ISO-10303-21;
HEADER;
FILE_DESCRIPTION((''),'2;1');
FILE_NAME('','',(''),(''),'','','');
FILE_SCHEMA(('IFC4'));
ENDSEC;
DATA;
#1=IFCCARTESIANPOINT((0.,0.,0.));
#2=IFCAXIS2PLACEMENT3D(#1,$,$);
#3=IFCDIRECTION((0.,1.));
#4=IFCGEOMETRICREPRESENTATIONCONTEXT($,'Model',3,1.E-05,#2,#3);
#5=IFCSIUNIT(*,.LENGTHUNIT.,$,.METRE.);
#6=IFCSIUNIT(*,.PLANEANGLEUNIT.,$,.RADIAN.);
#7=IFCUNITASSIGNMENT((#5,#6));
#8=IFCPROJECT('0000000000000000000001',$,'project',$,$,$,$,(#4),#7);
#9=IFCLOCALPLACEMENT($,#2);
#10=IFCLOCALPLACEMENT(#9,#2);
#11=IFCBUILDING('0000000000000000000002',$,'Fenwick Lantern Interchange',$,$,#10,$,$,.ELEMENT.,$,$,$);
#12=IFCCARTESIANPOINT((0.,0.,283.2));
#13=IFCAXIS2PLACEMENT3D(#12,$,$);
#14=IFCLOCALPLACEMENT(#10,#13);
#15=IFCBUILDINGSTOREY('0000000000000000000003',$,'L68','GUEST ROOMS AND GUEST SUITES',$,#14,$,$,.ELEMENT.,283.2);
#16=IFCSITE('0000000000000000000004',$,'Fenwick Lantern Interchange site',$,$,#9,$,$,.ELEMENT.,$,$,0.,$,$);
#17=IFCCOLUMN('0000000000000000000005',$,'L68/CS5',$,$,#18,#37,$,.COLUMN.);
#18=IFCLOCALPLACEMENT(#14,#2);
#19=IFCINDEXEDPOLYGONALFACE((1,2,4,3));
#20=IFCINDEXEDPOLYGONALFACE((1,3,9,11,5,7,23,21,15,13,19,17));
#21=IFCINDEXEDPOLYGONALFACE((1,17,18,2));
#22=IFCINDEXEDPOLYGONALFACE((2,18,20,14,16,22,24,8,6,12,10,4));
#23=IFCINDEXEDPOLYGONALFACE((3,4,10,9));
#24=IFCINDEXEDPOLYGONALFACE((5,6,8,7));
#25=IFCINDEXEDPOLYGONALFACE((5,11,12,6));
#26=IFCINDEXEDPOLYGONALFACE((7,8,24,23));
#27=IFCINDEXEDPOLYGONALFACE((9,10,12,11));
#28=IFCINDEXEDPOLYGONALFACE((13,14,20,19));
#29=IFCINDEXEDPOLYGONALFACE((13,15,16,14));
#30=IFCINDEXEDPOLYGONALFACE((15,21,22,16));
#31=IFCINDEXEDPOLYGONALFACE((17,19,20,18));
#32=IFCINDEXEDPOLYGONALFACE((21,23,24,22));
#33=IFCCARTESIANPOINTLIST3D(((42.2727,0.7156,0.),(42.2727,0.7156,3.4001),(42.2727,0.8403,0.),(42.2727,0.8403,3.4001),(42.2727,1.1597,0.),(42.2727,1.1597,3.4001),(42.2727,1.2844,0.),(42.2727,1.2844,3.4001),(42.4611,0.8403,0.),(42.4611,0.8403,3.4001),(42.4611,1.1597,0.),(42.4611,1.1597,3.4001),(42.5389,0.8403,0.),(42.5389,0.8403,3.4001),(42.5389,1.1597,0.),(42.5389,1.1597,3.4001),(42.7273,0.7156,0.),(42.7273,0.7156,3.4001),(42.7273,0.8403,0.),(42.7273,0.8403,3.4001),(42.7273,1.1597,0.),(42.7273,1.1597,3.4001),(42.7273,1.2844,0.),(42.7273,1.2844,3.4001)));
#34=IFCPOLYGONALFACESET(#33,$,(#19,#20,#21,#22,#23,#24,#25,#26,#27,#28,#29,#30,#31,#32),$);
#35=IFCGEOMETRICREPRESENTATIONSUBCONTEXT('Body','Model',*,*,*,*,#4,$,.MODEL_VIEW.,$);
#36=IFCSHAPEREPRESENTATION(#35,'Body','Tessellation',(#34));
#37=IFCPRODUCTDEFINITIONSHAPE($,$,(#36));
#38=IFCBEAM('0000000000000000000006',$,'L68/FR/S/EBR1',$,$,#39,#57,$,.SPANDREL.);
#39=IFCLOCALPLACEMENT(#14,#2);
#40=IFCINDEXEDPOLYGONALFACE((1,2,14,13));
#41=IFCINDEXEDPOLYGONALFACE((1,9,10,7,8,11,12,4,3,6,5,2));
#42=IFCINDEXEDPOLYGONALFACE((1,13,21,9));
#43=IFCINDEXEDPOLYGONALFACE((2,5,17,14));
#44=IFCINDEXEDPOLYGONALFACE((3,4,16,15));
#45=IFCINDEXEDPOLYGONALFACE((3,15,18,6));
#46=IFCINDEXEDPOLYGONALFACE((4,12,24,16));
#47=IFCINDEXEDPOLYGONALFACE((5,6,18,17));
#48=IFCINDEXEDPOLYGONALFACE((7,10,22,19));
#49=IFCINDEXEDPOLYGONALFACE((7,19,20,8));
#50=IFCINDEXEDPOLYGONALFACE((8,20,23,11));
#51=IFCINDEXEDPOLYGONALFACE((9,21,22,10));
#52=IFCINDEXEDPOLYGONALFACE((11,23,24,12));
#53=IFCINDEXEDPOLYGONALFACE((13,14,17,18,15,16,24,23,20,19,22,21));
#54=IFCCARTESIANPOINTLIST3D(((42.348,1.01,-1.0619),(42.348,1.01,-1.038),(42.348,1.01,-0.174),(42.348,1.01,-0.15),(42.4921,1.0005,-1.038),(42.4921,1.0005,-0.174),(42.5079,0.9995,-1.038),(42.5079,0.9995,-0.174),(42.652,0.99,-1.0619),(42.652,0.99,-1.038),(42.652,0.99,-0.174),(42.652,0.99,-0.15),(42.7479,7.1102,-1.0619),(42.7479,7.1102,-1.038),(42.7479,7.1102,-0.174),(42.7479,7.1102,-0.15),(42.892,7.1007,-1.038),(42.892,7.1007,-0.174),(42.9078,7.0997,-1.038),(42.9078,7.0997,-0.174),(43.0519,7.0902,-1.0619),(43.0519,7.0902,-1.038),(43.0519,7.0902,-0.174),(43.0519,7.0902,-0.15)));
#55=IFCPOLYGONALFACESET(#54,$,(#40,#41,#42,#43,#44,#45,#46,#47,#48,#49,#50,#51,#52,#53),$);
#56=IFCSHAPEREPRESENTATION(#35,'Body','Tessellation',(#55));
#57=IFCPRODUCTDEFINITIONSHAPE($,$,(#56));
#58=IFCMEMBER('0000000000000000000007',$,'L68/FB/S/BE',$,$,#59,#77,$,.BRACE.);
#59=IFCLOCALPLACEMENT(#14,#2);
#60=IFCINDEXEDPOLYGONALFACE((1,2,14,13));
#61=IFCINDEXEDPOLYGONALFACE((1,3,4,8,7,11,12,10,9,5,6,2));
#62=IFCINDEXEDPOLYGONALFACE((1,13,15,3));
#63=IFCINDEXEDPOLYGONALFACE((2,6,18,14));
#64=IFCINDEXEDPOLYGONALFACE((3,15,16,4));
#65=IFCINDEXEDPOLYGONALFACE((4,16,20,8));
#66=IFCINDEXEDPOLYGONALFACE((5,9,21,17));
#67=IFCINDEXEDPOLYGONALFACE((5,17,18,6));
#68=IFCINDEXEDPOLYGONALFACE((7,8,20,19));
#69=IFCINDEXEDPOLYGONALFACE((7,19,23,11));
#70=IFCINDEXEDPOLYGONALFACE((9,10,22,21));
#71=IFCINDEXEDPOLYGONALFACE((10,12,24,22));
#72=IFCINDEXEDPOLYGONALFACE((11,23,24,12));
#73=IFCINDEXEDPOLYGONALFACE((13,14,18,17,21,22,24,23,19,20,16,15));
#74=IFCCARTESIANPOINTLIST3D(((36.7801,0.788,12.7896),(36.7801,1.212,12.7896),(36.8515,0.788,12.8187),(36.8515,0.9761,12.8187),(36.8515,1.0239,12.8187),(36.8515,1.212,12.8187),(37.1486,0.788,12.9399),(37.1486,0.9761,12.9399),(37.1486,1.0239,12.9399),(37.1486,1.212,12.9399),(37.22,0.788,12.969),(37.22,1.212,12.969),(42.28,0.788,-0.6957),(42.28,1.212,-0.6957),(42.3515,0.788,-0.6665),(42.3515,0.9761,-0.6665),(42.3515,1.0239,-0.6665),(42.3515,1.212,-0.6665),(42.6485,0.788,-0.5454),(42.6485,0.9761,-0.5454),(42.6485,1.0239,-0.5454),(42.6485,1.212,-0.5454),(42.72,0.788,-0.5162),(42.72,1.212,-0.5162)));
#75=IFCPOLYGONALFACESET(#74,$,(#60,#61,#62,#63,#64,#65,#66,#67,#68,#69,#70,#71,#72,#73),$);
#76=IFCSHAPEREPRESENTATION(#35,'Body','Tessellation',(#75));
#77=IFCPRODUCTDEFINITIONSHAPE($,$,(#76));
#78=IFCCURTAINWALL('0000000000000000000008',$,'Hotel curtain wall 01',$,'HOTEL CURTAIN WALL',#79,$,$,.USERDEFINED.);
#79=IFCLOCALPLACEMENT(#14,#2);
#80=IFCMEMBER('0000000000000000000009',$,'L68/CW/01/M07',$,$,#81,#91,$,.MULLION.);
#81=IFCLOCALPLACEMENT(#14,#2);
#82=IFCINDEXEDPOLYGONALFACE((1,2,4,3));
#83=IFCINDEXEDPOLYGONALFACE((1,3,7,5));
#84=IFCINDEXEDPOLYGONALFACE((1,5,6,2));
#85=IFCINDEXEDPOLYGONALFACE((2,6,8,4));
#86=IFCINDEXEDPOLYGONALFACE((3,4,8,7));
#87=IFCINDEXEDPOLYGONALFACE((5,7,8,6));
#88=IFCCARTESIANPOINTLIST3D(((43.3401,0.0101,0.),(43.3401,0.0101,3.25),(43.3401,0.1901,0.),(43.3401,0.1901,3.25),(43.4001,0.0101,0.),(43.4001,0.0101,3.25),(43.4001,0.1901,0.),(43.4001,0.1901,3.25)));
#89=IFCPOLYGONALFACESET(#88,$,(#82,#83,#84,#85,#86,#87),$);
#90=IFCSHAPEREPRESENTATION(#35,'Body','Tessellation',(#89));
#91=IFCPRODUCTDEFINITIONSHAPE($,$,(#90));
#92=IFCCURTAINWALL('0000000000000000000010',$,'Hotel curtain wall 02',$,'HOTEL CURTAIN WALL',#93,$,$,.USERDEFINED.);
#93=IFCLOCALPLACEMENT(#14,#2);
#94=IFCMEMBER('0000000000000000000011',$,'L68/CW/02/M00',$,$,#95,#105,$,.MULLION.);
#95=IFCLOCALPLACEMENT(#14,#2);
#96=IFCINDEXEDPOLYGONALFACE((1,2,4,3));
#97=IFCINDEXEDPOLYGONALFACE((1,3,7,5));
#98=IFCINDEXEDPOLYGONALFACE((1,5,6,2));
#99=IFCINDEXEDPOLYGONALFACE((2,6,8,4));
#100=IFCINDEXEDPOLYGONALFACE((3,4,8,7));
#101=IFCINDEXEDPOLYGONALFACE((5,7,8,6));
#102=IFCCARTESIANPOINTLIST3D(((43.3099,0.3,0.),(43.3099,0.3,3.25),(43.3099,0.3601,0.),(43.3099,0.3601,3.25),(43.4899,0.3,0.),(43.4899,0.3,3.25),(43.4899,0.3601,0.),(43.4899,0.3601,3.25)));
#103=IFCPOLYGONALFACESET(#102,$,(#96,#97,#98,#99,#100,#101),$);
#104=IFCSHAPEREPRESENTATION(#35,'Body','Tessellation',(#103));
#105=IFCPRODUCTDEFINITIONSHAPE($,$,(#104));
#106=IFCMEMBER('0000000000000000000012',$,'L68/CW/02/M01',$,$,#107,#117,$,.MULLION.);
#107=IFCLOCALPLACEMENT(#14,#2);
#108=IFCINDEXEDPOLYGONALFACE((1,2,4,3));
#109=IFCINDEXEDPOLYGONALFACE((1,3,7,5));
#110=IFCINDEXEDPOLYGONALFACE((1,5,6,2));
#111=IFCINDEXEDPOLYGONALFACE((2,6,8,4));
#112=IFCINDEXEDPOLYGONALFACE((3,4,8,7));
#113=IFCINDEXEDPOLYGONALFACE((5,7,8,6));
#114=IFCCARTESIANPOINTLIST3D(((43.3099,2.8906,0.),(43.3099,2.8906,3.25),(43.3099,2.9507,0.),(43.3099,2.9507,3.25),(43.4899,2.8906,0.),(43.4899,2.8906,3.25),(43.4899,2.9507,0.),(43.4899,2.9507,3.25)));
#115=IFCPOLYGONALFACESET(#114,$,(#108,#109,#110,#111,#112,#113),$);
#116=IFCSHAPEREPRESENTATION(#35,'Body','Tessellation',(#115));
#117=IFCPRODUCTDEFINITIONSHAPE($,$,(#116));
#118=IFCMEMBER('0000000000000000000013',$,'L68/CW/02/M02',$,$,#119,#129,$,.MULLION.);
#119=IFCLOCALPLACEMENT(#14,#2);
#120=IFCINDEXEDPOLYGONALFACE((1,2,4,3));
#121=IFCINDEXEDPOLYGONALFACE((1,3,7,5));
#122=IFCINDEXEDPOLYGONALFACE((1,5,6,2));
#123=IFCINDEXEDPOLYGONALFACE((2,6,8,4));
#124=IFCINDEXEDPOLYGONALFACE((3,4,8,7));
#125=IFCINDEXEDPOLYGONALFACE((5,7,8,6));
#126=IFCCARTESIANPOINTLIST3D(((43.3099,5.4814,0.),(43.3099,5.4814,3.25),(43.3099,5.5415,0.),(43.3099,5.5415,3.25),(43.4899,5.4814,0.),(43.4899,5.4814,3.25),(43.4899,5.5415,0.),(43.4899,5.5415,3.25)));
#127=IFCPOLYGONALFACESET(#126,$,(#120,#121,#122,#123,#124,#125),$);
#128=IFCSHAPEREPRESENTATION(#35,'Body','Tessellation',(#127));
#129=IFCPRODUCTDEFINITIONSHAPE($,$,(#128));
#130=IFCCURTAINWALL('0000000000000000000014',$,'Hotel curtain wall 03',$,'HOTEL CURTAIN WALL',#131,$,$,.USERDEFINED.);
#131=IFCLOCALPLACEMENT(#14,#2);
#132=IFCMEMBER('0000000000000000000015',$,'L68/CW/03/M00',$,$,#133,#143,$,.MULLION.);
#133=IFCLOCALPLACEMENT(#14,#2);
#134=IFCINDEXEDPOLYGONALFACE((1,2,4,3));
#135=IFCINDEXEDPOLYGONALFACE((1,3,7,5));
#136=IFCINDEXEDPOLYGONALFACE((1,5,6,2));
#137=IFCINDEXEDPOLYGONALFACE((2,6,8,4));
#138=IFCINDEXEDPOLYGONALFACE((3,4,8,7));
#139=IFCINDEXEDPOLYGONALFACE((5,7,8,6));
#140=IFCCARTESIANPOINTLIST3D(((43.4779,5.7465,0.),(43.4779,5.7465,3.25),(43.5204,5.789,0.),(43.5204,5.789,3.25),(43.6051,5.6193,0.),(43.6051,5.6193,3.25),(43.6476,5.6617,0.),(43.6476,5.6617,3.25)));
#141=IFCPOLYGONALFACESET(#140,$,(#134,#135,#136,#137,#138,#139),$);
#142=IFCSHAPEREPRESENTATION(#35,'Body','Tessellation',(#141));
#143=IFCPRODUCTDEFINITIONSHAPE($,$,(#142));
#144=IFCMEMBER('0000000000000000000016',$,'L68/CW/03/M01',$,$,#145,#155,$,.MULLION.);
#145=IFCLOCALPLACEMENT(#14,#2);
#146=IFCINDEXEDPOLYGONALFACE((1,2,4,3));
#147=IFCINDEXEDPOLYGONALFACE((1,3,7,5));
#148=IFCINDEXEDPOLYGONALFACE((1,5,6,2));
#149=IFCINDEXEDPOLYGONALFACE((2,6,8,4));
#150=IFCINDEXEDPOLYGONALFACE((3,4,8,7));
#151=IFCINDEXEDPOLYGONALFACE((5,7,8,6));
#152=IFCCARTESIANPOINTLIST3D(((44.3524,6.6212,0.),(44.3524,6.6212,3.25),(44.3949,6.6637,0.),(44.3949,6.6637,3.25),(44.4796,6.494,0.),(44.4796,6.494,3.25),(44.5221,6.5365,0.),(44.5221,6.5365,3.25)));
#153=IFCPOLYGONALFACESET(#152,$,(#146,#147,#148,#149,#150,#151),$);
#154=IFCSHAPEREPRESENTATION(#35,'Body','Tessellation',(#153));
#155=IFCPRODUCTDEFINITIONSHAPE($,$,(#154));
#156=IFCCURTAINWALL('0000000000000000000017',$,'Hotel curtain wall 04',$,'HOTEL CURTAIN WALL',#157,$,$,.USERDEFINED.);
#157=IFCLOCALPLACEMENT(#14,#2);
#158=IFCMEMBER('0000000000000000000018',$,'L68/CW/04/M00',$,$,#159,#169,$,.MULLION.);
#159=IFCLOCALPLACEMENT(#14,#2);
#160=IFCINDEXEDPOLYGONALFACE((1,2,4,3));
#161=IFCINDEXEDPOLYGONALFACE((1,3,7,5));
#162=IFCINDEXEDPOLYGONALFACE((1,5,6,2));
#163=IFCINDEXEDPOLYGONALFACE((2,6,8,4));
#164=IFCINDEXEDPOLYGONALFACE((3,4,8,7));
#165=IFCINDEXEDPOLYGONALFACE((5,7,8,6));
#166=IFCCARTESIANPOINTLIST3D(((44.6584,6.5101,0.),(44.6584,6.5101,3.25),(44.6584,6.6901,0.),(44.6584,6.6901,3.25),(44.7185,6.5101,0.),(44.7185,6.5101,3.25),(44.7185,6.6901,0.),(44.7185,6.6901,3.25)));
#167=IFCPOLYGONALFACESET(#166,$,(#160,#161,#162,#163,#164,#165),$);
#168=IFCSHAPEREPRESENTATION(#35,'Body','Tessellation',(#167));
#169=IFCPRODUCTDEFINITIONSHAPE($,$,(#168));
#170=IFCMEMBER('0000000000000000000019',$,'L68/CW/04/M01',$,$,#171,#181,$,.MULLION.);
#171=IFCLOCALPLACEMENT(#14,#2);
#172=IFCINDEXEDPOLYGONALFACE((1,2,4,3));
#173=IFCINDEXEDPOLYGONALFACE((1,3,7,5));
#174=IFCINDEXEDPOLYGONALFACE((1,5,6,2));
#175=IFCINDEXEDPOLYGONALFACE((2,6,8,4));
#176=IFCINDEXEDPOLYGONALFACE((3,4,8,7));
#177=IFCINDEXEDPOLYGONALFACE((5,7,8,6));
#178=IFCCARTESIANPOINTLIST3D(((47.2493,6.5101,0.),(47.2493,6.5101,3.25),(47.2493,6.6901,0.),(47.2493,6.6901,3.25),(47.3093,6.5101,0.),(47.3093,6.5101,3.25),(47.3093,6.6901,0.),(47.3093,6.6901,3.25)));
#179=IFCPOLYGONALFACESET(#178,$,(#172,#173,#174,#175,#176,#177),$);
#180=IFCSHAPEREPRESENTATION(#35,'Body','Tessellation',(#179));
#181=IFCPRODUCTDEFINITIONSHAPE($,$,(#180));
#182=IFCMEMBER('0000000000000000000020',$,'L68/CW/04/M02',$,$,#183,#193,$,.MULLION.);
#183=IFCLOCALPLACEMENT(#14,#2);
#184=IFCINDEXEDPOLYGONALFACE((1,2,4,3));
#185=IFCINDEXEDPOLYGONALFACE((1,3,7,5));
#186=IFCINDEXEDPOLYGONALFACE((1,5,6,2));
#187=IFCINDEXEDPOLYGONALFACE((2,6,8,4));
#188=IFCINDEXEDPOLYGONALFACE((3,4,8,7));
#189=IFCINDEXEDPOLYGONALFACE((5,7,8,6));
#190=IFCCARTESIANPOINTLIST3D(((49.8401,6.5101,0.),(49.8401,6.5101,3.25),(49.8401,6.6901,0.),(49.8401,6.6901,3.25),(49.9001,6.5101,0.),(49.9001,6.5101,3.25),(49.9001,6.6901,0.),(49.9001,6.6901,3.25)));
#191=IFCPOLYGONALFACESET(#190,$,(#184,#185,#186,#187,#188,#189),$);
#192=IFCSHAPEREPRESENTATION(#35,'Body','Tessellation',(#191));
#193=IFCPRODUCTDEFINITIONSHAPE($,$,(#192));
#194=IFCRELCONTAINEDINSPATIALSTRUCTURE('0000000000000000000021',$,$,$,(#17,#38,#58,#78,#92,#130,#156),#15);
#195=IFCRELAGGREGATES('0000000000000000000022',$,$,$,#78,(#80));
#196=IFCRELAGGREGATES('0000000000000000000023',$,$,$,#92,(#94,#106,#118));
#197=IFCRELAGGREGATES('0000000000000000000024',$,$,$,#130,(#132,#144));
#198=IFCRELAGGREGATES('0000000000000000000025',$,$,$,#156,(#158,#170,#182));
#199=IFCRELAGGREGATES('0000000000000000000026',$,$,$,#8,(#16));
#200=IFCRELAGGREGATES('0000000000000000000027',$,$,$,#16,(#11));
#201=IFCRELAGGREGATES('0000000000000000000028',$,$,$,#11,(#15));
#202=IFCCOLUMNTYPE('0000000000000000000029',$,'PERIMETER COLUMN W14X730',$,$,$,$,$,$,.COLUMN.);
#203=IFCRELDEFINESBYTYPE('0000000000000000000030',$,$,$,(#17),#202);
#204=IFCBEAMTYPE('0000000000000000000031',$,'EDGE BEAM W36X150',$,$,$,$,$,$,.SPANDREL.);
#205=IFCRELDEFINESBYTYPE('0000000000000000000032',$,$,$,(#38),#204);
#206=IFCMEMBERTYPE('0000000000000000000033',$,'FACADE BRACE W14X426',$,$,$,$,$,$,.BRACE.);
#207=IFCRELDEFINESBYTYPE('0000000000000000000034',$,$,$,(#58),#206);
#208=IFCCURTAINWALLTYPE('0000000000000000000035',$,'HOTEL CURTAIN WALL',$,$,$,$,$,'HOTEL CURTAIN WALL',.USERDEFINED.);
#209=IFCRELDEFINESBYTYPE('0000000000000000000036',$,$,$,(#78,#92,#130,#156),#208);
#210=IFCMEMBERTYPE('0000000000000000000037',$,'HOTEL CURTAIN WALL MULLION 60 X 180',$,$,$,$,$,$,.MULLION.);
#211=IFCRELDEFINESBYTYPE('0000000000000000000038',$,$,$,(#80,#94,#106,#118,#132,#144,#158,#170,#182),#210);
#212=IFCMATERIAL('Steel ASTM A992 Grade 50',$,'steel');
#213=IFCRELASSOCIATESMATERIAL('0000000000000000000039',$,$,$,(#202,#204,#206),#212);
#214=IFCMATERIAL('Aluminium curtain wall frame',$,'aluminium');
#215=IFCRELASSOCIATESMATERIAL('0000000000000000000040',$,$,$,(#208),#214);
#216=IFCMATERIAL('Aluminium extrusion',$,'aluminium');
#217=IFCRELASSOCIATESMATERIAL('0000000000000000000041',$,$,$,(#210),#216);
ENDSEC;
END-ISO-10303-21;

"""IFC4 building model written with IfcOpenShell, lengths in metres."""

from ifc_helpers import new_model, si_unit, direction, frame, origin, origin_2d, place, context, subcontext, project, spatial, rectangle, i_section, extrude, material, material_profile, profile_set, type_object, element, aggregate, save


model = new_model("IFC4")

# Units and contexts
model_context = context("Model", 3, precision=1e-05, world=origin(), true_north=direction((0.0, 1.0)))
body_context = subcontext(model_context, "Body", "Model", "MODEL_VIEW")
ifc_project = project(units=[si_unit("LENGTHUNIT", "METRE"), si_unit("PLANEANGLEUNIT", "RADIAN")], contexts=[model_context])

# Site, building, storey
site_placement = place(None, origin())
site = spatial("IfcSite", under=ifc_project, at=site_placement, Name="Fenwick Lantern Interchange site", CompositionType="ELEMENT", RefElevation=0.0)
building_placement = place(site_placement, origin())
building = spatial("IfcBuilding", under=site, at=building_placement, Name="Fenwick Lantern Interchange", CompositionType="ELEMENT")
storey_placement = place(building_placement, frame((0.0, 0.0, 283.2)))
storey = spatial("IfcBuildingStorey", under=building, at=storey_placement, Name="L68", Description="GUEST ROOMS AND GUEST SUITES", CompositionType="ELEMENT", Elevation=283.2)

# Column
ifc_material_1 = material(Name="Steel ASTM A992 Grade 50", Category="steel")
ifc_material_profile_1 = material_profile(ifc_material_1, i_section(OverallWidth=0.4546, OverallDepth=0.5688, WebThickness=0.0779, FlangeThickness=0.1248, at=origin_2d()), Name="W14X730")
ifc_profile_set_1 = profile_set([ifc_material_profile_1], Name="Steel ASTM A992 Grade 50")
column_type = type_object("IfcColumnType", Name="PERIMETER COLUMN W14X730", PredefinedType="COLUMN", material=ifc_profile_set_1)
column_placement = place(storey_placement, frame((42.5, 1.0, 0.0), z_axis=(0.0, 0.0, 1.0), x_axis=(1.0, 0.0, 0.0)))
element("IfcColumn", 1, at=column_placement, inside=storey, type_object=column_type, Name="L68/CS5", PredefinedType="COLUMN", context=body_context, shape_type="SweptSolid", body=[
    extrude(i_section(OverallWidth=0.4546, OverallDepth=0.5688, WebThickness=0.0779, FlangeThickness=0.1248, at=origin_2d()), origin(), (0.0, 0.0, 1.0), 3.4001),
])

# Beam
ifc_material_profile_2 = material_profile(ifc_material_1, i_section(OverallWidth=0.3047, OverallDepth=0.9119, WebThickness=0.0159, FlangeThickness=0.0239, at=origin_2d()), Name="W36X150")
ifc_profile_set_2 = profile_set([ifc_material_profile_2], Name="Steel ASTM A992 Grade 50")
beam_type = type_object("IfcBeamType", Name="EDGE BEAM W36X150", PredefinedType="SPANDREL", material=ifc_profile_set_2)
beam_placement = place(storey_placement, frame((42.5, 1.0, -0.606), z_axis=(0.065416, 0.997858, 0.0), x_axis=(-0.997858, 0.065416, 0.0)))
element("IfcBeam", 2, at=beam_placement, inside=storey, type_object=beam_type, Name="L68/FR/S/EBR1", PredefinedType="SPANDREL", context=body_context, shape_type="SweptSolid", body=[
    extrude(i_section(OverallWidth=0.3047, OverallDepth=0.9119, WebThickness=0.0159, FlangeThickness=0.0239, at=origin_2d()), origin(), (0.0, 0.0, 1.0), 6.1133),
])

# Member
ifc_material_profile_3 = material_profile(ifc_material_1, i_section(OverallWidth=0.4241, OverallDepth=0.4751, WebThickness=0.0479, FlangeThickness=0.0771, at=origin_2d()), Name="W14X426")
ifc_profile_set_3 = profile_set([ifc_material_profile_3], Name="Steel ASTM A992 Grade 50")
member_type_1 = type_object("IfcMemberType", Name="FACADE BRACE W14X426", PredefinedType="BRACE", material=ifc_profile_set_3)
member_1_placement = place(storey_placement, frame((42.5, 1.0, -0.606), z_axis=(-0.377648, 0.0, 0.925949), x_axis=(0.0, -1.0, 0.0)))
element("IfcMember", 3, at=member_1_placement, inside=storey, type_object=member_type_1, Name="L68/FB/S/BE", PredefinedType="BRACE", context=body_context, shape_type="SweptSolid", body=[
    extrude(i_section(OverallWidth=0.4241, OverallDepth=0.4751, WebThickness=0.0479, FlangeThickness=0.0771, at=origin_2d()), origin(), (0.0, 0.0, 1.0), 14.5637),
])

# Curtain wall, member
ifc_material_2 = material(Name="Aluminium curtain wall frame", Category="aluminium")
curtain_wall_type = type_object("IfcCurtainWallType", Name="HOTEL CURTAIN WALL", ElementType="HOTEL CURTAIN WALL", PredefinedType="USERDEFINED", material=ifc_material_2)
curtain_wall_1_placement = place(storey_placement, origin())
curtain_wall_1 = element("IfcCurtainWall", 4, at=curtain_wall_1_placement, inside=storey, type_object=curtain_wall_type, Name="Hotel curtain wall 01", ObjectType="HOTEL CURTAIN WALL", PredefinedType="USERDEFINED")
ifc_material_3 = material(Name="Aluminium extrusion", Category="aluminium")
ifc_material_profile_4 = material_profile(ifc_material_3, rectangle(XDim=0.1799, YDim=0.0601, at=origin_2d()), Name="HOTEL CURTAIN WALL MULLION 60 X 180")
ifc_profile_set_4 = profile_set([ifc_material_profile_4], Name="Aluminium extrusion")
member_type_2 = type_object("IfcMemberType", Name="HOTEL CURTAIN WALL MULLION 60 X 180", PredefinedType="MULLION", material=ifc_profile_set_4)
member_2_placement = place(storey_placement, frame((43.3701, 0.1001, 0.0), z_axis=(0.0, 0.0, 1.0), x_axis=(0.0, 1.0, 0.0)))
member_2 = element("IfcMember", 5, at=member_2_placement, type_object=member_type_2, Name="L68/CW/01/M07", PredefinedType="MULLION", context=body_context, shape_type="SweptSolid", body=[
    extrude(rectangle(XDim=0.1799, YDim=0.0601, at=origin_2d()), origin(), (0.0, 0.0, 1.0), 3.25),
])
aggregate(curtain_wall_1, [member_2])

# Curtain walls, members
curtain_wall_2_placement = place(storey_placement, origin())
curtain_wall_2 = element("IfcCurtainWall", 6, at=curtain_wall_2_placement, inside=storey, type_object=curtain_wall_type, Name="Hotel curtain wall 02", ObjectType="HOTEL CURTAIN WALL", PredefinedType="USERDEFINED")
member_3_placement = place(storey_placement, frame((43.3999, 0.3301, 0.0), z_axis=(0.0, 0.0, 1.0), x_axis=(-1.0, 0.0, 0.0)))
member_3 = element("IfcMember", 7, at=member_3_placement, type_object=member_type_2, Name="L68/CW/02/M00", PredefinedType="MULLION", context=body_context, shape_type="SweptSolid", body=[
    extrude(rectangle(XDim=0.1799, YDim=0.0601, at=origin_2d()), origin(), (0.0, 0.0, 1.0), 3.25),
])
member_4_placement = place(storey_placement, frame((43.3999, 2.9207, 0.0), z_axis=(0.0, 0.0, 1.0), x_axis=(-1.0, 0.0, 0.0)))
member_4 = element("IfcMember", 8, at=member_4_placement, type_object=member_type_2, Name="L68/CW/02/M01", PredefinedType="MULLION", context=body_context, shape_type="SweptSolid", body=[
    extrude(rectangle(XDim=0.1799, YDim=0.0601, at=origin_2d()), origin(), (0.0, 0.0, 1.0), 3.25),
])
member_5_placement = place(storey_placement, frame((43.3999, 5.5115, 0.0), z_axis=(0.0, 0.0, 1.0), x_axis=(-1.0, 0.0, 0.0)))
member_5 = element("IfcMember", 9, at=member_5_placement, type_object=member_type_2, Name="L68/CW/02/M02", PredefinedType="MULLION", context=body_context, shape_type="SweptSolid", body=[
    extrude(rectangle(XDim=0.1799, YDim=0.0601, at=origin_2d()), origin(), (0.0, 0.0, 1.0), 3.25),
])
curtain_wall_3_placement = place(storey_placement, origin())
curtain_wall_3 = element("IfcCurtainWall", 10, at=curtain_wall_3_placement, inside=storey, type_object=curtain_wall_type, Name="Hotel curtain wall 03", ObjectType="HOTEL CURTAIN WALL", PredefinedType="USERDEFINED")
member_6_placement = place(storey_placement, frame((43.5627, 5.7041, 0.0), z_axis=(0.0, 0.0, 1.0), x_axis=(-0.707107, 0.707107, 0.0)))
member_6 = element("IfcMember", 11, at=member_6_placement, type_object=member_type_2, Name="L68/CW/03/M00", PredefinedType="MULLION", context=body_context, shape_type="SweptSolid", body=[
    extrude(rectangle(XDim=0.1799, YDim=0.0601, at=origin_2d()), origin(), (0.0, 0.0, 1.0), 3.25),
])
member_7_placement = place(storey_placement, frame((44.4373, 6.5789, 0.0), z_axis=(0.0, 0.0, 1.0), x_axis=(-0.707107, 0.707107, 0.0)))
member_7 = element("IfcMember", 12, at=member_7_placement, type_object=member_type_2, Name="L68/CW/03/M01", PredefinedType="MULLION", context=body_context, shape_type="SweptSolid", body=[
    extrude(rectangle(XDim=0.1799, YDim=0.0601, at=origin_2d()), origin(), (0.0, 0.0, 1.0), 3.25),
])
curtain_wall_4_placement = place(storey_placement, origin())
curtain_wall_4 = element("IfcCurtainWall", 13, at=curtain_wall_4_placement, inside=storey, type_object=curtain_wall_type, Name="Hotel curtain wall 04", ObjectType="HOTEL CURTAIN WALL", PredefinedType="USERDEFINED")
member_8_placement = place(storey_placement, frame((44.6885, 6.6001, 0.0), z_axis=(0.0, 0.0, 1.0), x_axis=(0.0, 1.0, 0.0)))
member_8 = element("IfcMember", 14, at=member_8_placement, type_object=member_type_2, Name="L68/CW/04/M00", PredefinedType="MULLION", context=body_context, shape_type="SweptSolid", body=[
    extrude(rectangle(XDim=0.1799, YDim=0.0601, at=origin_2d()), origin(), (0.0, 0.0, 1.0), 3.25),
])
member_9_placement = place(storey_placement, frame((47.2793, 6.6001, 0.0), z_axis=(0.0, 0.0, 1.0), x_axis=(0.0, 1.0, 0.0)))
member_9 = element("IfcMember", 15, at=member_9_placement, type_object=member_type_2, Name="L68/CW/04/M01", PredefinedType="MULLION", context=body_context, shape_type="SweptSolid", body=[
    extrude(rectangle(XDim=0.1799, YDim=0.0601, at=origin_2d()), origin(), (0.0, 0.0, 1.0), 3.25),
])
member_10_placement = place(storey_placement, frame((49.8701, 6.6001, 0.0), z_axis=(0.0, 0.0, 1.0), x_axis=(0.0, 1.0, 0.0)))
member_10 = element("IfcMember", 16, at=member_10_placement, type_object=member_type_2, Name="L68/CW/04/M02", PredefinedType="MULLION", context=body_context, shape_type="SweptSolid", body=[
    extrude(rectangle(XDim=0.1799, YDim=0.0601, at=origin_2d()), origin(), (0.0, 0.0, 1.0), 3.25),
])

aggregate(curtain_wall_2, [member_3, member_4, member_5])
aggregate(curtain_wall_3, [member_6, member_7])
aggregate(curtain_wall_4, [member_8, member_9, member_10])

save(model, "model.ifc")
